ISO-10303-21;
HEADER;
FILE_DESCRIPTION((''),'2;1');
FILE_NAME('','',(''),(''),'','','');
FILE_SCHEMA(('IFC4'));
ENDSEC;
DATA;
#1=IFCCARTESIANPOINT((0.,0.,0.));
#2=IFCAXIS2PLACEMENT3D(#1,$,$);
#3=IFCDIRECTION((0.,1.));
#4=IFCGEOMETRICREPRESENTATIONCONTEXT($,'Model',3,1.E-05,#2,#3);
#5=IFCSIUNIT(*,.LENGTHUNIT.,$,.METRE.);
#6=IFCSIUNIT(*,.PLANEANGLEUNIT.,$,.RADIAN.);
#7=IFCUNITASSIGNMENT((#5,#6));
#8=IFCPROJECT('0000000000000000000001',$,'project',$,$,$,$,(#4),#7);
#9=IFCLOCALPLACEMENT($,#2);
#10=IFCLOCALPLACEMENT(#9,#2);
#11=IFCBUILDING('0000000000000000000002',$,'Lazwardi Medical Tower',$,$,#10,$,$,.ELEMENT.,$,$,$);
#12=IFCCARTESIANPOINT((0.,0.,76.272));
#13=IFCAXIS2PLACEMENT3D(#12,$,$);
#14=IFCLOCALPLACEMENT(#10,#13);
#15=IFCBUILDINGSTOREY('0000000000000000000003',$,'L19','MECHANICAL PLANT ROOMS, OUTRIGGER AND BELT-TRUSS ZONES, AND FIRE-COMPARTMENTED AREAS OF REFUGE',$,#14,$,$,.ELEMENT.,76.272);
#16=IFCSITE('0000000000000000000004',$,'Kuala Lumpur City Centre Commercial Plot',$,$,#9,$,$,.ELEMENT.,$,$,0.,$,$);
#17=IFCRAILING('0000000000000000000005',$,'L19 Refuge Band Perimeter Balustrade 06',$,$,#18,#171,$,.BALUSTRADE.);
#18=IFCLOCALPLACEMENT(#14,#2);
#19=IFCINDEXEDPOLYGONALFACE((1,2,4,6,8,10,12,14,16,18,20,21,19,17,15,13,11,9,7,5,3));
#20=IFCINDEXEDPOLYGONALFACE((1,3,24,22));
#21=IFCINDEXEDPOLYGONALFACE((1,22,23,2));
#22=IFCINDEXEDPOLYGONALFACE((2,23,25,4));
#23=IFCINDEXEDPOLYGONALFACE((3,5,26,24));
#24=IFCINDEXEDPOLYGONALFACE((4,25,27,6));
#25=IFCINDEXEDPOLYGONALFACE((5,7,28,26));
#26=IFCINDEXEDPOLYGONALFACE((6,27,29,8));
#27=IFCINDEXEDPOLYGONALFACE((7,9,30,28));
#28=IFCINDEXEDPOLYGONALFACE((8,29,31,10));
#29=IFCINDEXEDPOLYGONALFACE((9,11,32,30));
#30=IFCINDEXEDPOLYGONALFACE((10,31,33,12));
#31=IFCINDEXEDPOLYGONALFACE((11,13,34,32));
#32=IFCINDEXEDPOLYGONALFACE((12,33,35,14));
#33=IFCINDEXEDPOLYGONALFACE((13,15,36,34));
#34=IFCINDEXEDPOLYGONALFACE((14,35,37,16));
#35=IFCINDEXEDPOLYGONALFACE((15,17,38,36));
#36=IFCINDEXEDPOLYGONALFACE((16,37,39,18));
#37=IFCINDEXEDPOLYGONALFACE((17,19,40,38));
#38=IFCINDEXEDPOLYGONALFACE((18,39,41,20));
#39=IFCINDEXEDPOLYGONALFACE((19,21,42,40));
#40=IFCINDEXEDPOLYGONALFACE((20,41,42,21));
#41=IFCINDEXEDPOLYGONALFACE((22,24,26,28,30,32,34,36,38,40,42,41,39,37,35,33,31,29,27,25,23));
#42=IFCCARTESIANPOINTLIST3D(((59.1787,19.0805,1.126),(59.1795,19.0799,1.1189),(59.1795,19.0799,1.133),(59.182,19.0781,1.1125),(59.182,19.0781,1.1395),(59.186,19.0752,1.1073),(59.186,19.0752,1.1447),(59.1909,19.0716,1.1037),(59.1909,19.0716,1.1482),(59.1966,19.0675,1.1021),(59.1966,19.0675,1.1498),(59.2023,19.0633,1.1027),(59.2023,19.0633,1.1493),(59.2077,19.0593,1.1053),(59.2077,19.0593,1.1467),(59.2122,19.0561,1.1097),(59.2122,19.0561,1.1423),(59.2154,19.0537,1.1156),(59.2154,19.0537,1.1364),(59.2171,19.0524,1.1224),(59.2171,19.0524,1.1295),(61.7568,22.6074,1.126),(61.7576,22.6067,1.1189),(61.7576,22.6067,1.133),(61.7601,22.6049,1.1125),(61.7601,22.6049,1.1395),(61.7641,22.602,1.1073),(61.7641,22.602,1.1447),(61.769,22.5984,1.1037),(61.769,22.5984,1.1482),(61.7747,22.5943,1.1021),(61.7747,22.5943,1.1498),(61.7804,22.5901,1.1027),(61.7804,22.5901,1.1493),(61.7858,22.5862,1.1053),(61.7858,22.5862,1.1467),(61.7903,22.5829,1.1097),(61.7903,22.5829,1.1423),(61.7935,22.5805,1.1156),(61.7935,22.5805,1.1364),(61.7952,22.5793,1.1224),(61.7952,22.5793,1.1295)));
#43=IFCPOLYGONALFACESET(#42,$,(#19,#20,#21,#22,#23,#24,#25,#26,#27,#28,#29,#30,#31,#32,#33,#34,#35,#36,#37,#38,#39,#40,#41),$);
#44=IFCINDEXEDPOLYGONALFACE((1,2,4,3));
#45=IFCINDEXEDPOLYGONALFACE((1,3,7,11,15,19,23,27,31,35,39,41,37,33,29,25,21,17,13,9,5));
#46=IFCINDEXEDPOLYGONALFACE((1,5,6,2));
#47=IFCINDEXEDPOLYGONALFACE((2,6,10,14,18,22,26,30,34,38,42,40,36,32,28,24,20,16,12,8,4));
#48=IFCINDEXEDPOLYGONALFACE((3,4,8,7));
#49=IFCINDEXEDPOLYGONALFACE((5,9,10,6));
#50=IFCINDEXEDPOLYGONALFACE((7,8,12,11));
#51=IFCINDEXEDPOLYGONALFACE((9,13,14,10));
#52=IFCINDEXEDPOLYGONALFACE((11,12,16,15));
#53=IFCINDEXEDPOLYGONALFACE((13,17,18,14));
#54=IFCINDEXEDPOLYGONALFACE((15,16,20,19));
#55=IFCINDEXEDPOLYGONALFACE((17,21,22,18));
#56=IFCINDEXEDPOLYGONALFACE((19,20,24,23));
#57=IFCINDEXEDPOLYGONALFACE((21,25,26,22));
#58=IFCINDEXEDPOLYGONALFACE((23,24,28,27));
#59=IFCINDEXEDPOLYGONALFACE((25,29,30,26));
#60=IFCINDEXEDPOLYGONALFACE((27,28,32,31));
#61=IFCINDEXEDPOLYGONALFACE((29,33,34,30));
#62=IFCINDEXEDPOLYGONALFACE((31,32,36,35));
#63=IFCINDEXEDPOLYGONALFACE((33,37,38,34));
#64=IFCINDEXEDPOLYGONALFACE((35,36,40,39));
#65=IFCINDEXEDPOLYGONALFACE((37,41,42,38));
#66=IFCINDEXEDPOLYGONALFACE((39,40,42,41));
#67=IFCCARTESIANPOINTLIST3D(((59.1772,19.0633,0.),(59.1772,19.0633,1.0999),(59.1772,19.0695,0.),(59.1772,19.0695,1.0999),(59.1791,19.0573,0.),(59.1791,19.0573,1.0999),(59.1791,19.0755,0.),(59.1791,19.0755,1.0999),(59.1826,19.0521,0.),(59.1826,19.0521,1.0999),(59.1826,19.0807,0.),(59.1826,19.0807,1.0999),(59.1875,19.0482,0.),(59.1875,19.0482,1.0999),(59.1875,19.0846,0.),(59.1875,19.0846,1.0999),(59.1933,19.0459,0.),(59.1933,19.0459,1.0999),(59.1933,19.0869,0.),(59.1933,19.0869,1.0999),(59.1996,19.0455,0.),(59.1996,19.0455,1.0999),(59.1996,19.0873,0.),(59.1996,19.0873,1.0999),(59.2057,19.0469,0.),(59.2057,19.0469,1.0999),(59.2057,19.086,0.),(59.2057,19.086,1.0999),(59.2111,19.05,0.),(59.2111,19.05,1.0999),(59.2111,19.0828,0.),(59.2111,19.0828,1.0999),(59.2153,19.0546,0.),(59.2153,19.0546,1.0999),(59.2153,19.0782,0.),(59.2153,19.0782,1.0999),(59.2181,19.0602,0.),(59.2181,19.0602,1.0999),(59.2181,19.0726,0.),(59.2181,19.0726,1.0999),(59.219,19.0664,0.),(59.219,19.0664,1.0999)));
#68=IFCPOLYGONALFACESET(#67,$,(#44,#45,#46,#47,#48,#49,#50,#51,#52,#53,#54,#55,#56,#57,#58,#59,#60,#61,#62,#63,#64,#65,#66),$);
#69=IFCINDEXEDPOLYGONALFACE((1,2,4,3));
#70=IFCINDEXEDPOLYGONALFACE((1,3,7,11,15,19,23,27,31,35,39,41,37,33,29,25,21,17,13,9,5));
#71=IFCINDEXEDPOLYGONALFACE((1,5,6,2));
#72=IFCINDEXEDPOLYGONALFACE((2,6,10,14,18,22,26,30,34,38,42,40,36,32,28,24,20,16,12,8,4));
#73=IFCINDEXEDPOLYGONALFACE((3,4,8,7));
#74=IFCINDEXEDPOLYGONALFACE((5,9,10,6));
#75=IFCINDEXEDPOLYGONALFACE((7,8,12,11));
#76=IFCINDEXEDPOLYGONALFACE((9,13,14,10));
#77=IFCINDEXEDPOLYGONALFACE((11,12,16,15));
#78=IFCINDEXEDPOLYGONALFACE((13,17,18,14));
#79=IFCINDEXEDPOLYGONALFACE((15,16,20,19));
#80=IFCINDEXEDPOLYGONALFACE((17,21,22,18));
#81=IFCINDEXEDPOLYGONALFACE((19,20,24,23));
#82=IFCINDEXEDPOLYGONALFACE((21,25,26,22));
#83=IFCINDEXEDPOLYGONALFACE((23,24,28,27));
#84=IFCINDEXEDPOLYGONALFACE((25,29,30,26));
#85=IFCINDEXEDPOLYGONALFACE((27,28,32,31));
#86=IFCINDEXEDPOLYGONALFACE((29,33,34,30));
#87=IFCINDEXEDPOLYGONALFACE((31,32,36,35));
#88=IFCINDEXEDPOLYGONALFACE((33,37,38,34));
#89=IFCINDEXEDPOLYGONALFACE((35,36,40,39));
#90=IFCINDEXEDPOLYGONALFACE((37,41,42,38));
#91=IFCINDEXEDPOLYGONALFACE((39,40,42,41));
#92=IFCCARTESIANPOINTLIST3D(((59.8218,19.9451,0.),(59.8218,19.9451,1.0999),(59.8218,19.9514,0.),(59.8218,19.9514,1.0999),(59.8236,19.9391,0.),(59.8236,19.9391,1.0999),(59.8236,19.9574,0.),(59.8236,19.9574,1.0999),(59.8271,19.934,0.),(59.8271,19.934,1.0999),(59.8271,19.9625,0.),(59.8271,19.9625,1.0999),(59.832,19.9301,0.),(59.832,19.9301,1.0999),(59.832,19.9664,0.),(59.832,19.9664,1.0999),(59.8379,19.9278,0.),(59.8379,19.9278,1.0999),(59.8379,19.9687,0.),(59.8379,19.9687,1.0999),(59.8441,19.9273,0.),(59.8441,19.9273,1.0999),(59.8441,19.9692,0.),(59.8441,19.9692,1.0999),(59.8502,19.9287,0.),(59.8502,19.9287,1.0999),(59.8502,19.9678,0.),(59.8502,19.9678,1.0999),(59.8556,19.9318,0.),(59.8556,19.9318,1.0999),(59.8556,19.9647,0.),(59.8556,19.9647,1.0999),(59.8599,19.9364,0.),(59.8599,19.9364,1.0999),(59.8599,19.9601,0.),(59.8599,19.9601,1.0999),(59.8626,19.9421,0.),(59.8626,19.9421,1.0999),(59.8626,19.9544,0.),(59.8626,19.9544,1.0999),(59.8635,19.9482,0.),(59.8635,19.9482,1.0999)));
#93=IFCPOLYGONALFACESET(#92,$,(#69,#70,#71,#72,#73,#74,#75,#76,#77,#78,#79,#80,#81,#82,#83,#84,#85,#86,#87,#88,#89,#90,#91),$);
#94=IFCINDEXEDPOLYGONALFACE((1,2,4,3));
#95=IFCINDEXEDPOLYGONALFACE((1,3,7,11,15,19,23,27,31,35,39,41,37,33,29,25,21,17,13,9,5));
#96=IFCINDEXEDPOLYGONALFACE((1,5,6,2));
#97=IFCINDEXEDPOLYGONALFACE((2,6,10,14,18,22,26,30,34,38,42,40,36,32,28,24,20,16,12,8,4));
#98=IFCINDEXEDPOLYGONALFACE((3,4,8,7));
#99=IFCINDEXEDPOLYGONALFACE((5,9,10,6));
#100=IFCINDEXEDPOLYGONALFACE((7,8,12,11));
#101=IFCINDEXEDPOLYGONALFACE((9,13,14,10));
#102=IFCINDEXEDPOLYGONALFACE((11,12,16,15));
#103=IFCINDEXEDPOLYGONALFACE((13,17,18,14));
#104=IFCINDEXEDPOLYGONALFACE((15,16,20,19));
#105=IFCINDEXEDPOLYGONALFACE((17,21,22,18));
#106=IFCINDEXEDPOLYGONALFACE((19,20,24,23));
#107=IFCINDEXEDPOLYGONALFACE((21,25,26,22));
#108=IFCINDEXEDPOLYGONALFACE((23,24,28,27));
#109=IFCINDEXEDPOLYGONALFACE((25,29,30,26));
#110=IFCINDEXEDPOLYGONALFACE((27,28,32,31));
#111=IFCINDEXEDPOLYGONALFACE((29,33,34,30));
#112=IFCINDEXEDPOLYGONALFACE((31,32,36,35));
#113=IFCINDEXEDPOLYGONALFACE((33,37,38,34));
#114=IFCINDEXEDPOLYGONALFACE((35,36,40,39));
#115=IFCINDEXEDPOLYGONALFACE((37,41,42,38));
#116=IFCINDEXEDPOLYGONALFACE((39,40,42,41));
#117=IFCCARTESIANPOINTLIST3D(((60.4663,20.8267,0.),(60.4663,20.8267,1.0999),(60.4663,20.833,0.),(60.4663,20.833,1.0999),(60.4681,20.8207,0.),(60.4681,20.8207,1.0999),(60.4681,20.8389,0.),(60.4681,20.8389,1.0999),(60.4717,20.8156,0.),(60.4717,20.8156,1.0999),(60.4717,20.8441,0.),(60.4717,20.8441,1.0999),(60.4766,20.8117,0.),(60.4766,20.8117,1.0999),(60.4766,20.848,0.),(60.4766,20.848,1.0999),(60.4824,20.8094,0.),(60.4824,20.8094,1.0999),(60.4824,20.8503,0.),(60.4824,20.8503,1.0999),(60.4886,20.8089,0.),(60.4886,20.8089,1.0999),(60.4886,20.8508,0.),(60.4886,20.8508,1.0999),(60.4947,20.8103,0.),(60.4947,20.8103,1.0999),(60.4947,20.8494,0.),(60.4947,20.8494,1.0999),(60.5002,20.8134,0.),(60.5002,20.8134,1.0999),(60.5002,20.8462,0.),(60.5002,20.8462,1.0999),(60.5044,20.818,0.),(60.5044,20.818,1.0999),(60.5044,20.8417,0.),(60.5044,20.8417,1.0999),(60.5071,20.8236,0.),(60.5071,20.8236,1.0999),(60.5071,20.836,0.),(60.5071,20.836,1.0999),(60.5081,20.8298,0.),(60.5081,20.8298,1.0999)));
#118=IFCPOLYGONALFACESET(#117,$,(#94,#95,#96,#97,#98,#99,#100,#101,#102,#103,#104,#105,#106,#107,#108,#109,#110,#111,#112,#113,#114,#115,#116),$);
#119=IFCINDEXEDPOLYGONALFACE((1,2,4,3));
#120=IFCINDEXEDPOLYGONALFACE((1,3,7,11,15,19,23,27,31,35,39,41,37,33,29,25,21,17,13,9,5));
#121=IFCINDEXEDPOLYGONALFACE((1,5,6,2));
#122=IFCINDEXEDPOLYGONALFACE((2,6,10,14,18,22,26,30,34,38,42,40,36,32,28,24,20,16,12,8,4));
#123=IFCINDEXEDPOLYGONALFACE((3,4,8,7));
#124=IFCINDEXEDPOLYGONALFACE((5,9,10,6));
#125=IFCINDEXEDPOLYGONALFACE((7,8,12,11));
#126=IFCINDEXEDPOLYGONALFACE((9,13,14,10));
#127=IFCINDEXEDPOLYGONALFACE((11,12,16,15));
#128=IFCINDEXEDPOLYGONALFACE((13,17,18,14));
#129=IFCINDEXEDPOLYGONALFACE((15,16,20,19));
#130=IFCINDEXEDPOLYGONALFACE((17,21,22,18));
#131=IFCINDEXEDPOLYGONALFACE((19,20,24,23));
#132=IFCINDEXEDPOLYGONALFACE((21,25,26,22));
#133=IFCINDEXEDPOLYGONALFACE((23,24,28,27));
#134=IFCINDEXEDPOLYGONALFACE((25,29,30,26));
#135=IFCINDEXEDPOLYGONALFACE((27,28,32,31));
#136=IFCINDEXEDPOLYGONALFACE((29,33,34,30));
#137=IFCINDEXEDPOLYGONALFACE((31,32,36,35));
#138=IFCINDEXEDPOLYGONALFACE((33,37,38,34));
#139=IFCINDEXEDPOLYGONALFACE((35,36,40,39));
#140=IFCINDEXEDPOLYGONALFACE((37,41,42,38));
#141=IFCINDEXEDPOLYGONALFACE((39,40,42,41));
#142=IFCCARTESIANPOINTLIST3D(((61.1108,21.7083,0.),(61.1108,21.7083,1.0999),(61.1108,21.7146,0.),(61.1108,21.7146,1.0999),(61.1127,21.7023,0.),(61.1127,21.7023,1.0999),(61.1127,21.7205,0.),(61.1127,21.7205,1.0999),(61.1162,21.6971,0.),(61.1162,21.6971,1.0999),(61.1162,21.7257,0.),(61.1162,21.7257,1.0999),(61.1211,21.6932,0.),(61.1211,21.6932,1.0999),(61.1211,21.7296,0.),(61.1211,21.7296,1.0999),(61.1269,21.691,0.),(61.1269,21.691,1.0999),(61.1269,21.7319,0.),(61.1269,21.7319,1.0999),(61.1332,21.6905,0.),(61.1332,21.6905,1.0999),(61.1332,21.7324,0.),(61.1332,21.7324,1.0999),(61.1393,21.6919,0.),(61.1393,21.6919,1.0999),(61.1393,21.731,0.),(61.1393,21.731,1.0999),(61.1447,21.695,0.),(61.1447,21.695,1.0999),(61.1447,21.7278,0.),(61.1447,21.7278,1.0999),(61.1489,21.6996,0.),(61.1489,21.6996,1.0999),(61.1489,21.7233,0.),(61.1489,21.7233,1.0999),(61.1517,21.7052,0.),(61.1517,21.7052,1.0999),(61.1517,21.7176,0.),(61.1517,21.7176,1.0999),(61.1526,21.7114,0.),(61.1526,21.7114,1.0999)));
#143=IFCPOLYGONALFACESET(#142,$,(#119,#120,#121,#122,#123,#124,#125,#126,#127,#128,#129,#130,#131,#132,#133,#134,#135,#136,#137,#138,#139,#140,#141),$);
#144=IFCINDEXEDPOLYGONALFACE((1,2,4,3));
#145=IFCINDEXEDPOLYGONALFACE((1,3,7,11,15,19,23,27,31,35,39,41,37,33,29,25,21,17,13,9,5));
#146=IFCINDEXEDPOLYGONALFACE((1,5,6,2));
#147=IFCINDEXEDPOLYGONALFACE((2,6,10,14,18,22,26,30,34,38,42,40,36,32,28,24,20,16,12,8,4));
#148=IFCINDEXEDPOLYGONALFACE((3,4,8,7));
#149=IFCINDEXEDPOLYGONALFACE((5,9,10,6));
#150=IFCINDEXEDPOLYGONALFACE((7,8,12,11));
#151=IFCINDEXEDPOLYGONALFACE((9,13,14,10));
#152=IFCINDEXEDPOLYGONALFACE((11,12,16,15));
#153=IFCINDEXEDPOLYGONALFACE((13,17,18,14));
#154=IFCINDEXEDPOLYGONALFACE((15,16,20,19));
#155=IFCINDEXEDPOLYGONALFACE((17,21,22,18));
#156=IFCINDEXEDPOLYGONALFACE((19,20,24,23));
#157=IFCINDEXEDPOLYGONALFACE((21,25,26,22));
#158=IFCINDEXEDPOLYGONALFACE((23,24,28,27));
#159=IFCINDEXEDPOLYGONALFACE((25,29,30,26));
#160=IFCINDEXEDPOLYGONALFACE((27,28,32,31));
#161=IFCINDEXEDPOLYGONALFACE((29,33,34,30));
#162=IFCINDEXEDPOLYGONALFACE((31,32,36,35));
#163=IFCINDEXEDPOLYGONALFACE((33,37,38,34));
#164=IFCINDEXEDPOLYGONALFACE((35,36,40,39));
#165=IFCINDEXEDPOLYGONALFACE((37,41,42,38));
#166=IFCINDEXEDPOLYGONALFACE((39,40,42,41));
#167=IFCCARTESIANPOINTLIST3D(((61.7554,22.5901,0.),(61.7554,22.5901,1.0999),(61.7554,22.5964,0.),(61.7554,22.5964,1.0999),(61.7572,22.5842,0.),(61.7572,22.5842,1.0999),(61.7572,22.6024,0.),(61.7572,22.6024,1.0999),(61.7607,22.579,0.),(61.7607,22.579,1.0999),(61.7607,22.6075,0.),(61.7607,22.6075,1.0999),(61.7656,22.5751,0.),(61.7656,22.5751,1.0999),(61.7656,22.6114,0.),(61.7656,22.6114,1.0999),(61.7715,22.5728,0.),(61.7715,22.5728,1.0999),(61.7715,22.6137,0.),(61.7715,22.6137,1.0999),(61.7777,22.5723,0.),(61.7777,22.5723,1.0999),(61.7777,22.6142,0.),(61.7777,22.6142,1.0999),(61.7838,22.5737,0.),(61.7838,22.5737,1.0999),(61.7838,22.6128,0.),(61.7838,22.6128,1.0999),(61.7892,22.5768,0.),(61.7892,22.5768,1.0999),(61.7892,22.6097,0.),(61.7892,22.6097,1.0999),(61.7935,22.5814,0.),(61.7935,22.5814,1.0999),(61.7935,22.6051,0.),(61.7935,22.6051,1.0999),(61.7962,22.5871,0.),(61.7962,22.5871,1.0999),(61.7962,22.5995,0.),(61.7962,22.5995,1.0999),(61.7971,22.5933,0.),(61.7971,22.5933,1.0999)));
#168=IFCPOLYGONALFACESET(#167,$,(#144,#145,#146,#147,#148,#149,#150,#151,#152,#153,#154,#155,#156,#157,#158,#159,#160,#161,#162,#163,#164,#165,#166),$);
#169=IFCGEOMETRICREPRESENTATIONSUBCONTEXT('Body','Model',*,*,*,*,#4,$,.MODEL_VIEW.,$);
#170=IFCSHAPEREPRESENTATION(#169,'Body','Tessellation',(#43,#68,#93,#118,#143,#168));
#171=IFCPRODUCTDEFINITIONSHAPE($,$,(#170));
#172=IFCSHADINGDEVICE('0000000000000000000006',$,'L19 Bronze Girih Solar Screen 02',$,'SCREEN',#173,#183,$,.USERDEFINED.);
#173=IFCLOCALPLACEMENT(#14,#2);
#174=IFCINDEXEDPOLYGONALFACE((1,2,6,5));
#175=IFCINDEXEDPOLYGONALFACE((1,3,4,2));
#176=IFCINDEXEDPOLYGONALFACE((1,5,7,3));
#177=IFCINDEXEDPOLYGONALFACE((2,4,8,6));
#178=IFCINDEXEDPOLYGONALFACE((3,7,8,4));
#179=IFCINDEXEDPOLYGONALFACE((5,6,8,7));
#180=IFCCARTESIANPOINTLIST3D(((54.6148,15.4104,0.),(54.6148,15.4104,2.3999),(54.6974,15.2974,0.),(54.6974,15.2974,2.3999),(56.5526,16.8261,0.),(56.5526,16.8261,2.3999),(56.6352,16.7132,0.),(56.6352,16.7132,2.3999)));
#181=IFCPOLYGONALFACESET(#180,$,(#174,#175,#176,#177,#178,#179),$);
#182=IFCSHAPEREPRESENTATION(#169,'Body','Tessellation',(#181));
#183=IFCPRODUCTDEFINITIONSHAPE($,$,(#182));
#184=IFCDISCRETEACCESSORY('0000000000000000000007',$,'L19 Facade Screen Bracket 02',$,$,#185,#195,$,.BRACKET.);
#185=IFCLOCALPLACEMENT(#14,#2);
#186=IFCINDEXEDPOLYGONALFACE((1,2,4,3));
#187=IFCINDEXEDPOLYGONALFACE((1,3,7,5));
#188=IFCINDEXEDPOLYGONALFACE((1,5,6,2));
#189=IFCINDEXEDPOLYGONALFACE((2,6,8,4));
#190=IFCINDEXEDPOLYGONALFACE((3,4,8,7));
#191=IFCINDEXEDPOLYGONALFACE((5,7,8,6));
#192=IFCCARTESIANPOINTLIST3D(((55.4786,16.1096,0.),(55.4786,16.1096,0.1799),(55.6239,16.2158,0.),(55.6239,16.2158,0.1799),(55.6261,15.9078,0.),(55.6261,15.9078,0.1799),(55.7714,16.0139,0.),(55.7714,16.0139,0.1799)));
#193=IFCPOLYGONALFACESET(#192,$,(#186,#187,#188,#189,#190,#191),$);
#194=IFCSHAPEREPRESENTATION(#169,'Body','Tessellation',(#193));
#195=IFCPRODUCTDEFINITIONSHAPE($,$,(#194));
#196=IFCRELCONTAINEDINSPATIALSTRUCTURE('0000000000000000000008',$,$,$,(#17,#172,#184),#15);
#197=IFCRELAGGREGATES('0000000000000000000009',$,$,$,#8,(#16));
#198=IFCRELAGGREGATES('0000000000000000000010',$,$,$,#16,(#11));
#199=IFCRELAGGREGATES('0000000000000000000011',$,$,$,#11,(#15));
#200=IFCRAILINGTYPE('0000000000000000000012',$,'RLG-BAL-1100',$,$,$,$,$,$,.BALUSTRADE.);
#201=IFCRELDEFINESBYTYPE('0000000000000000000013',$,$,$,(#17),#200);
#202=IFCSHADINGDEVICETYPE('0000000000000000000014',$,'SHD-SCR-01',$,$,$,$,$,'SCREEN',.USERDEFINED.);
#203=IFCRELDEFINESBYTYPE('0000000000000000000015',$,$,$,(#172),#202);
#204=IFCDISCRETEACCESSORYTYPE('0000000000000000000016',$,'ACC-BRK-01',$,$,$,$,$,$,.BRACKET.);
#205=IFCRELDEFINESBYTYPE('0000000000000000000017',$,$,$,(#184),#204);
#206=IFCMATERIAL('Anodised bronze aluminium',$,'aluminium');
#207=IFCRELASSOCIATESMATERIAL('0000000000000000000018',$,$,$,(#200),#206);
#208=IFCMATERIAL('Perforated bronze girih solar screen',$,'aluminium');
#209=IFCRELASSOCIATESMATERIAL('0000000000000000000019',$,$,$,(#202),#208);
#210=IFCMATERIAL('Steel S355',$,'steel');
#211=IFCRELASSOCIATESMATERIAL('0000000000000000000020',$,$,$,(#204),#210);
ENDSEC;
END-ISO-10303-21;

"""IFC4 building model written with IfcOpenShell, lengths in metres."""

from ifc_helpers import new_model, si_unit, direction, frame, origin, origin_2d, place, context, subcontext, project, spatial, rectangle, circle, extrude, material, type_object, element, save


model = new_model("IFC4")

# Units and contexts
model_context = context("Model", 3, precision=1e-05, world=origin(), true_north=direction((0.0, 1.0)))
body_context = subcontext(model_context, "Body", "Model", "MODEL_VIEW")
ifc_project = project(units=[si_unit("LENGTHUNIT", "METRE"), si_unit("PLANEANGLEUNIT", "RADIAN")], contexts=[model_context])

# Site, building, storey
site_placement = place(None, origin())
site = spatial("IfcSite", under=ifc_project, at=site_placement, Name="Kuala Lumpur City Centre Commercial Plot", CompositionType="ELEMENT", RefElevation=0.0)
building_placement = place(site_placement, origin())
building = spatial("IfcBuilding", under=site, at=building_placement, Name="Lazwardi Medical Tower", CompositionType="ELEMENT")
storey_placement = place(building_placement, frame((0.0, 0.0, 76.272)))
storey = spatial("IfcBuildingStorey", under=building, at=storey_placement, Name="L19", Description="MECHANICAL PLANT ROOMS, OUTRIGGER AND BELT-TRUSS ZONES, AND FIRE-COMPARTMENTED AREAS OF REFUGE", CompositionType="ELEMENT", Elevation=76.272)

# Shared definitions
ifc_material_1 = material(Name="Steel S355", Category="steel")

# Railing
ifc_material_2 = material(Name="Anodised bronze aluminium", Category="aluminium")
railing_type = type_object("IfcRailingType", Name="RLG-BAL-1100", PredefinedType="BALUSTRADE", material=ifc_material_2)
railing_1_placement = place(storey_placement, frame((59.198, 19.0664, 0.0)))
element("IfcRailing", 1, at=railing_1_placement, inside=storey, type_object=railing_type, Name="L19 Refuge Band Perimeter Balustrade 06", PredefinedType="BALUSTRADE", context=body_context, shape_type="SweptSolid", body=[
    extrude(circle(Radius=0.0239, at=origin_2d()), frame((0.0, 0.0, 1.126), z_axis=(0.590137, 0.807303, 0.0), x_axis=(-0.807303, 0.590137, 0.0)), (0.0, 0.0, 1.0), 4.3687),
    extrude(circle(Radius=0.021, at=origin_2d()), origin(), (0.0, 0.0, 1.0), 1.0999),
    extrude(circle(Radius=0.021, at=origin_2d()), frame((0.6445, 0.8818, 0.0)), (0.0, 0.0, 1.0), 1.0999),
    extrude(circle(Radius=0.021, at=origin_2d()), frame((1.2891, 1.7634, 0.0)), (0.0, 0.0, 1.0), 1.0999),
    extrude(circle(Radius=0.021, at=origin_2d()), frame((1.9336, 2.645, 0.0)), (0.0, 0.0, 1.0), 1.0999),
    extrude(circle(Radius=0.021, at=origin_2d()), frame((2.5781, 3.5269, 0.0)), (0.0, 0.0, 1.0), 1.0999),
])

# Shading device
ifc_material_3 = material(Name="Perforated bronze girih solar screen", Category="aluminium")
shading_device_type = type_object("IfcShadingDeviceType", Name="SHD-SCR-01", ElementType="SCREEN", PredefinedType="USERDEFINED", material=ifc_material_3)
shading_device_placement = place(storey_placement, frame((55.625, 16.0618, 0.0), z_axis=(0.0, 0.0, 1.0), x_axis=(0.807456, 0.589928, 0.0)))
element("IfcShadingDevice", 2, at=shading_device_placement, inside=storey, type_object=shading_device_type, Name="L19 Bronze Girih Solar Screen 02", ObjectType="SCREEN", PredefinedType="USERDEFINED", context=body_context, shape_type="SweptSolid", body=[
    extrude(rectangle(XDim=2.3999, YDim=0.1399, at=origin_2d()), origin(), (0.0, 0.0, 1.0), 2.3999),
])

# Discrete accessory
discrete_accessory_type = type_object("IfcDiscreteAccessoryType", Name="ACC-BRK-01", PredefinedType="BRACKET", material=ifc_material_1)
discrete_accessory_placement = place(storey_placement, frame((55.625, 16.0618, 0.0), z_axis=(0.0, 0.0, 1.0), x_axis=(0.807456, 0.589928, 0.0)))
element("IfcDiscreteAccessory", 3, at=discrete_accessory_placement, inside=storey, type_object=discrete_accessory_type, Name="L19 Facade Screen Bracket 02", PredefinedType="BRACKET", context=body_context, shape_type="SweptSolid", body=[
    extrude(rectangle(XDim=0.1799, YDim=0.25, at=origin_2d()), origin(), (0.0, 0.0, 1.0), 0.1799),
])

save(model, "model.ifc")
